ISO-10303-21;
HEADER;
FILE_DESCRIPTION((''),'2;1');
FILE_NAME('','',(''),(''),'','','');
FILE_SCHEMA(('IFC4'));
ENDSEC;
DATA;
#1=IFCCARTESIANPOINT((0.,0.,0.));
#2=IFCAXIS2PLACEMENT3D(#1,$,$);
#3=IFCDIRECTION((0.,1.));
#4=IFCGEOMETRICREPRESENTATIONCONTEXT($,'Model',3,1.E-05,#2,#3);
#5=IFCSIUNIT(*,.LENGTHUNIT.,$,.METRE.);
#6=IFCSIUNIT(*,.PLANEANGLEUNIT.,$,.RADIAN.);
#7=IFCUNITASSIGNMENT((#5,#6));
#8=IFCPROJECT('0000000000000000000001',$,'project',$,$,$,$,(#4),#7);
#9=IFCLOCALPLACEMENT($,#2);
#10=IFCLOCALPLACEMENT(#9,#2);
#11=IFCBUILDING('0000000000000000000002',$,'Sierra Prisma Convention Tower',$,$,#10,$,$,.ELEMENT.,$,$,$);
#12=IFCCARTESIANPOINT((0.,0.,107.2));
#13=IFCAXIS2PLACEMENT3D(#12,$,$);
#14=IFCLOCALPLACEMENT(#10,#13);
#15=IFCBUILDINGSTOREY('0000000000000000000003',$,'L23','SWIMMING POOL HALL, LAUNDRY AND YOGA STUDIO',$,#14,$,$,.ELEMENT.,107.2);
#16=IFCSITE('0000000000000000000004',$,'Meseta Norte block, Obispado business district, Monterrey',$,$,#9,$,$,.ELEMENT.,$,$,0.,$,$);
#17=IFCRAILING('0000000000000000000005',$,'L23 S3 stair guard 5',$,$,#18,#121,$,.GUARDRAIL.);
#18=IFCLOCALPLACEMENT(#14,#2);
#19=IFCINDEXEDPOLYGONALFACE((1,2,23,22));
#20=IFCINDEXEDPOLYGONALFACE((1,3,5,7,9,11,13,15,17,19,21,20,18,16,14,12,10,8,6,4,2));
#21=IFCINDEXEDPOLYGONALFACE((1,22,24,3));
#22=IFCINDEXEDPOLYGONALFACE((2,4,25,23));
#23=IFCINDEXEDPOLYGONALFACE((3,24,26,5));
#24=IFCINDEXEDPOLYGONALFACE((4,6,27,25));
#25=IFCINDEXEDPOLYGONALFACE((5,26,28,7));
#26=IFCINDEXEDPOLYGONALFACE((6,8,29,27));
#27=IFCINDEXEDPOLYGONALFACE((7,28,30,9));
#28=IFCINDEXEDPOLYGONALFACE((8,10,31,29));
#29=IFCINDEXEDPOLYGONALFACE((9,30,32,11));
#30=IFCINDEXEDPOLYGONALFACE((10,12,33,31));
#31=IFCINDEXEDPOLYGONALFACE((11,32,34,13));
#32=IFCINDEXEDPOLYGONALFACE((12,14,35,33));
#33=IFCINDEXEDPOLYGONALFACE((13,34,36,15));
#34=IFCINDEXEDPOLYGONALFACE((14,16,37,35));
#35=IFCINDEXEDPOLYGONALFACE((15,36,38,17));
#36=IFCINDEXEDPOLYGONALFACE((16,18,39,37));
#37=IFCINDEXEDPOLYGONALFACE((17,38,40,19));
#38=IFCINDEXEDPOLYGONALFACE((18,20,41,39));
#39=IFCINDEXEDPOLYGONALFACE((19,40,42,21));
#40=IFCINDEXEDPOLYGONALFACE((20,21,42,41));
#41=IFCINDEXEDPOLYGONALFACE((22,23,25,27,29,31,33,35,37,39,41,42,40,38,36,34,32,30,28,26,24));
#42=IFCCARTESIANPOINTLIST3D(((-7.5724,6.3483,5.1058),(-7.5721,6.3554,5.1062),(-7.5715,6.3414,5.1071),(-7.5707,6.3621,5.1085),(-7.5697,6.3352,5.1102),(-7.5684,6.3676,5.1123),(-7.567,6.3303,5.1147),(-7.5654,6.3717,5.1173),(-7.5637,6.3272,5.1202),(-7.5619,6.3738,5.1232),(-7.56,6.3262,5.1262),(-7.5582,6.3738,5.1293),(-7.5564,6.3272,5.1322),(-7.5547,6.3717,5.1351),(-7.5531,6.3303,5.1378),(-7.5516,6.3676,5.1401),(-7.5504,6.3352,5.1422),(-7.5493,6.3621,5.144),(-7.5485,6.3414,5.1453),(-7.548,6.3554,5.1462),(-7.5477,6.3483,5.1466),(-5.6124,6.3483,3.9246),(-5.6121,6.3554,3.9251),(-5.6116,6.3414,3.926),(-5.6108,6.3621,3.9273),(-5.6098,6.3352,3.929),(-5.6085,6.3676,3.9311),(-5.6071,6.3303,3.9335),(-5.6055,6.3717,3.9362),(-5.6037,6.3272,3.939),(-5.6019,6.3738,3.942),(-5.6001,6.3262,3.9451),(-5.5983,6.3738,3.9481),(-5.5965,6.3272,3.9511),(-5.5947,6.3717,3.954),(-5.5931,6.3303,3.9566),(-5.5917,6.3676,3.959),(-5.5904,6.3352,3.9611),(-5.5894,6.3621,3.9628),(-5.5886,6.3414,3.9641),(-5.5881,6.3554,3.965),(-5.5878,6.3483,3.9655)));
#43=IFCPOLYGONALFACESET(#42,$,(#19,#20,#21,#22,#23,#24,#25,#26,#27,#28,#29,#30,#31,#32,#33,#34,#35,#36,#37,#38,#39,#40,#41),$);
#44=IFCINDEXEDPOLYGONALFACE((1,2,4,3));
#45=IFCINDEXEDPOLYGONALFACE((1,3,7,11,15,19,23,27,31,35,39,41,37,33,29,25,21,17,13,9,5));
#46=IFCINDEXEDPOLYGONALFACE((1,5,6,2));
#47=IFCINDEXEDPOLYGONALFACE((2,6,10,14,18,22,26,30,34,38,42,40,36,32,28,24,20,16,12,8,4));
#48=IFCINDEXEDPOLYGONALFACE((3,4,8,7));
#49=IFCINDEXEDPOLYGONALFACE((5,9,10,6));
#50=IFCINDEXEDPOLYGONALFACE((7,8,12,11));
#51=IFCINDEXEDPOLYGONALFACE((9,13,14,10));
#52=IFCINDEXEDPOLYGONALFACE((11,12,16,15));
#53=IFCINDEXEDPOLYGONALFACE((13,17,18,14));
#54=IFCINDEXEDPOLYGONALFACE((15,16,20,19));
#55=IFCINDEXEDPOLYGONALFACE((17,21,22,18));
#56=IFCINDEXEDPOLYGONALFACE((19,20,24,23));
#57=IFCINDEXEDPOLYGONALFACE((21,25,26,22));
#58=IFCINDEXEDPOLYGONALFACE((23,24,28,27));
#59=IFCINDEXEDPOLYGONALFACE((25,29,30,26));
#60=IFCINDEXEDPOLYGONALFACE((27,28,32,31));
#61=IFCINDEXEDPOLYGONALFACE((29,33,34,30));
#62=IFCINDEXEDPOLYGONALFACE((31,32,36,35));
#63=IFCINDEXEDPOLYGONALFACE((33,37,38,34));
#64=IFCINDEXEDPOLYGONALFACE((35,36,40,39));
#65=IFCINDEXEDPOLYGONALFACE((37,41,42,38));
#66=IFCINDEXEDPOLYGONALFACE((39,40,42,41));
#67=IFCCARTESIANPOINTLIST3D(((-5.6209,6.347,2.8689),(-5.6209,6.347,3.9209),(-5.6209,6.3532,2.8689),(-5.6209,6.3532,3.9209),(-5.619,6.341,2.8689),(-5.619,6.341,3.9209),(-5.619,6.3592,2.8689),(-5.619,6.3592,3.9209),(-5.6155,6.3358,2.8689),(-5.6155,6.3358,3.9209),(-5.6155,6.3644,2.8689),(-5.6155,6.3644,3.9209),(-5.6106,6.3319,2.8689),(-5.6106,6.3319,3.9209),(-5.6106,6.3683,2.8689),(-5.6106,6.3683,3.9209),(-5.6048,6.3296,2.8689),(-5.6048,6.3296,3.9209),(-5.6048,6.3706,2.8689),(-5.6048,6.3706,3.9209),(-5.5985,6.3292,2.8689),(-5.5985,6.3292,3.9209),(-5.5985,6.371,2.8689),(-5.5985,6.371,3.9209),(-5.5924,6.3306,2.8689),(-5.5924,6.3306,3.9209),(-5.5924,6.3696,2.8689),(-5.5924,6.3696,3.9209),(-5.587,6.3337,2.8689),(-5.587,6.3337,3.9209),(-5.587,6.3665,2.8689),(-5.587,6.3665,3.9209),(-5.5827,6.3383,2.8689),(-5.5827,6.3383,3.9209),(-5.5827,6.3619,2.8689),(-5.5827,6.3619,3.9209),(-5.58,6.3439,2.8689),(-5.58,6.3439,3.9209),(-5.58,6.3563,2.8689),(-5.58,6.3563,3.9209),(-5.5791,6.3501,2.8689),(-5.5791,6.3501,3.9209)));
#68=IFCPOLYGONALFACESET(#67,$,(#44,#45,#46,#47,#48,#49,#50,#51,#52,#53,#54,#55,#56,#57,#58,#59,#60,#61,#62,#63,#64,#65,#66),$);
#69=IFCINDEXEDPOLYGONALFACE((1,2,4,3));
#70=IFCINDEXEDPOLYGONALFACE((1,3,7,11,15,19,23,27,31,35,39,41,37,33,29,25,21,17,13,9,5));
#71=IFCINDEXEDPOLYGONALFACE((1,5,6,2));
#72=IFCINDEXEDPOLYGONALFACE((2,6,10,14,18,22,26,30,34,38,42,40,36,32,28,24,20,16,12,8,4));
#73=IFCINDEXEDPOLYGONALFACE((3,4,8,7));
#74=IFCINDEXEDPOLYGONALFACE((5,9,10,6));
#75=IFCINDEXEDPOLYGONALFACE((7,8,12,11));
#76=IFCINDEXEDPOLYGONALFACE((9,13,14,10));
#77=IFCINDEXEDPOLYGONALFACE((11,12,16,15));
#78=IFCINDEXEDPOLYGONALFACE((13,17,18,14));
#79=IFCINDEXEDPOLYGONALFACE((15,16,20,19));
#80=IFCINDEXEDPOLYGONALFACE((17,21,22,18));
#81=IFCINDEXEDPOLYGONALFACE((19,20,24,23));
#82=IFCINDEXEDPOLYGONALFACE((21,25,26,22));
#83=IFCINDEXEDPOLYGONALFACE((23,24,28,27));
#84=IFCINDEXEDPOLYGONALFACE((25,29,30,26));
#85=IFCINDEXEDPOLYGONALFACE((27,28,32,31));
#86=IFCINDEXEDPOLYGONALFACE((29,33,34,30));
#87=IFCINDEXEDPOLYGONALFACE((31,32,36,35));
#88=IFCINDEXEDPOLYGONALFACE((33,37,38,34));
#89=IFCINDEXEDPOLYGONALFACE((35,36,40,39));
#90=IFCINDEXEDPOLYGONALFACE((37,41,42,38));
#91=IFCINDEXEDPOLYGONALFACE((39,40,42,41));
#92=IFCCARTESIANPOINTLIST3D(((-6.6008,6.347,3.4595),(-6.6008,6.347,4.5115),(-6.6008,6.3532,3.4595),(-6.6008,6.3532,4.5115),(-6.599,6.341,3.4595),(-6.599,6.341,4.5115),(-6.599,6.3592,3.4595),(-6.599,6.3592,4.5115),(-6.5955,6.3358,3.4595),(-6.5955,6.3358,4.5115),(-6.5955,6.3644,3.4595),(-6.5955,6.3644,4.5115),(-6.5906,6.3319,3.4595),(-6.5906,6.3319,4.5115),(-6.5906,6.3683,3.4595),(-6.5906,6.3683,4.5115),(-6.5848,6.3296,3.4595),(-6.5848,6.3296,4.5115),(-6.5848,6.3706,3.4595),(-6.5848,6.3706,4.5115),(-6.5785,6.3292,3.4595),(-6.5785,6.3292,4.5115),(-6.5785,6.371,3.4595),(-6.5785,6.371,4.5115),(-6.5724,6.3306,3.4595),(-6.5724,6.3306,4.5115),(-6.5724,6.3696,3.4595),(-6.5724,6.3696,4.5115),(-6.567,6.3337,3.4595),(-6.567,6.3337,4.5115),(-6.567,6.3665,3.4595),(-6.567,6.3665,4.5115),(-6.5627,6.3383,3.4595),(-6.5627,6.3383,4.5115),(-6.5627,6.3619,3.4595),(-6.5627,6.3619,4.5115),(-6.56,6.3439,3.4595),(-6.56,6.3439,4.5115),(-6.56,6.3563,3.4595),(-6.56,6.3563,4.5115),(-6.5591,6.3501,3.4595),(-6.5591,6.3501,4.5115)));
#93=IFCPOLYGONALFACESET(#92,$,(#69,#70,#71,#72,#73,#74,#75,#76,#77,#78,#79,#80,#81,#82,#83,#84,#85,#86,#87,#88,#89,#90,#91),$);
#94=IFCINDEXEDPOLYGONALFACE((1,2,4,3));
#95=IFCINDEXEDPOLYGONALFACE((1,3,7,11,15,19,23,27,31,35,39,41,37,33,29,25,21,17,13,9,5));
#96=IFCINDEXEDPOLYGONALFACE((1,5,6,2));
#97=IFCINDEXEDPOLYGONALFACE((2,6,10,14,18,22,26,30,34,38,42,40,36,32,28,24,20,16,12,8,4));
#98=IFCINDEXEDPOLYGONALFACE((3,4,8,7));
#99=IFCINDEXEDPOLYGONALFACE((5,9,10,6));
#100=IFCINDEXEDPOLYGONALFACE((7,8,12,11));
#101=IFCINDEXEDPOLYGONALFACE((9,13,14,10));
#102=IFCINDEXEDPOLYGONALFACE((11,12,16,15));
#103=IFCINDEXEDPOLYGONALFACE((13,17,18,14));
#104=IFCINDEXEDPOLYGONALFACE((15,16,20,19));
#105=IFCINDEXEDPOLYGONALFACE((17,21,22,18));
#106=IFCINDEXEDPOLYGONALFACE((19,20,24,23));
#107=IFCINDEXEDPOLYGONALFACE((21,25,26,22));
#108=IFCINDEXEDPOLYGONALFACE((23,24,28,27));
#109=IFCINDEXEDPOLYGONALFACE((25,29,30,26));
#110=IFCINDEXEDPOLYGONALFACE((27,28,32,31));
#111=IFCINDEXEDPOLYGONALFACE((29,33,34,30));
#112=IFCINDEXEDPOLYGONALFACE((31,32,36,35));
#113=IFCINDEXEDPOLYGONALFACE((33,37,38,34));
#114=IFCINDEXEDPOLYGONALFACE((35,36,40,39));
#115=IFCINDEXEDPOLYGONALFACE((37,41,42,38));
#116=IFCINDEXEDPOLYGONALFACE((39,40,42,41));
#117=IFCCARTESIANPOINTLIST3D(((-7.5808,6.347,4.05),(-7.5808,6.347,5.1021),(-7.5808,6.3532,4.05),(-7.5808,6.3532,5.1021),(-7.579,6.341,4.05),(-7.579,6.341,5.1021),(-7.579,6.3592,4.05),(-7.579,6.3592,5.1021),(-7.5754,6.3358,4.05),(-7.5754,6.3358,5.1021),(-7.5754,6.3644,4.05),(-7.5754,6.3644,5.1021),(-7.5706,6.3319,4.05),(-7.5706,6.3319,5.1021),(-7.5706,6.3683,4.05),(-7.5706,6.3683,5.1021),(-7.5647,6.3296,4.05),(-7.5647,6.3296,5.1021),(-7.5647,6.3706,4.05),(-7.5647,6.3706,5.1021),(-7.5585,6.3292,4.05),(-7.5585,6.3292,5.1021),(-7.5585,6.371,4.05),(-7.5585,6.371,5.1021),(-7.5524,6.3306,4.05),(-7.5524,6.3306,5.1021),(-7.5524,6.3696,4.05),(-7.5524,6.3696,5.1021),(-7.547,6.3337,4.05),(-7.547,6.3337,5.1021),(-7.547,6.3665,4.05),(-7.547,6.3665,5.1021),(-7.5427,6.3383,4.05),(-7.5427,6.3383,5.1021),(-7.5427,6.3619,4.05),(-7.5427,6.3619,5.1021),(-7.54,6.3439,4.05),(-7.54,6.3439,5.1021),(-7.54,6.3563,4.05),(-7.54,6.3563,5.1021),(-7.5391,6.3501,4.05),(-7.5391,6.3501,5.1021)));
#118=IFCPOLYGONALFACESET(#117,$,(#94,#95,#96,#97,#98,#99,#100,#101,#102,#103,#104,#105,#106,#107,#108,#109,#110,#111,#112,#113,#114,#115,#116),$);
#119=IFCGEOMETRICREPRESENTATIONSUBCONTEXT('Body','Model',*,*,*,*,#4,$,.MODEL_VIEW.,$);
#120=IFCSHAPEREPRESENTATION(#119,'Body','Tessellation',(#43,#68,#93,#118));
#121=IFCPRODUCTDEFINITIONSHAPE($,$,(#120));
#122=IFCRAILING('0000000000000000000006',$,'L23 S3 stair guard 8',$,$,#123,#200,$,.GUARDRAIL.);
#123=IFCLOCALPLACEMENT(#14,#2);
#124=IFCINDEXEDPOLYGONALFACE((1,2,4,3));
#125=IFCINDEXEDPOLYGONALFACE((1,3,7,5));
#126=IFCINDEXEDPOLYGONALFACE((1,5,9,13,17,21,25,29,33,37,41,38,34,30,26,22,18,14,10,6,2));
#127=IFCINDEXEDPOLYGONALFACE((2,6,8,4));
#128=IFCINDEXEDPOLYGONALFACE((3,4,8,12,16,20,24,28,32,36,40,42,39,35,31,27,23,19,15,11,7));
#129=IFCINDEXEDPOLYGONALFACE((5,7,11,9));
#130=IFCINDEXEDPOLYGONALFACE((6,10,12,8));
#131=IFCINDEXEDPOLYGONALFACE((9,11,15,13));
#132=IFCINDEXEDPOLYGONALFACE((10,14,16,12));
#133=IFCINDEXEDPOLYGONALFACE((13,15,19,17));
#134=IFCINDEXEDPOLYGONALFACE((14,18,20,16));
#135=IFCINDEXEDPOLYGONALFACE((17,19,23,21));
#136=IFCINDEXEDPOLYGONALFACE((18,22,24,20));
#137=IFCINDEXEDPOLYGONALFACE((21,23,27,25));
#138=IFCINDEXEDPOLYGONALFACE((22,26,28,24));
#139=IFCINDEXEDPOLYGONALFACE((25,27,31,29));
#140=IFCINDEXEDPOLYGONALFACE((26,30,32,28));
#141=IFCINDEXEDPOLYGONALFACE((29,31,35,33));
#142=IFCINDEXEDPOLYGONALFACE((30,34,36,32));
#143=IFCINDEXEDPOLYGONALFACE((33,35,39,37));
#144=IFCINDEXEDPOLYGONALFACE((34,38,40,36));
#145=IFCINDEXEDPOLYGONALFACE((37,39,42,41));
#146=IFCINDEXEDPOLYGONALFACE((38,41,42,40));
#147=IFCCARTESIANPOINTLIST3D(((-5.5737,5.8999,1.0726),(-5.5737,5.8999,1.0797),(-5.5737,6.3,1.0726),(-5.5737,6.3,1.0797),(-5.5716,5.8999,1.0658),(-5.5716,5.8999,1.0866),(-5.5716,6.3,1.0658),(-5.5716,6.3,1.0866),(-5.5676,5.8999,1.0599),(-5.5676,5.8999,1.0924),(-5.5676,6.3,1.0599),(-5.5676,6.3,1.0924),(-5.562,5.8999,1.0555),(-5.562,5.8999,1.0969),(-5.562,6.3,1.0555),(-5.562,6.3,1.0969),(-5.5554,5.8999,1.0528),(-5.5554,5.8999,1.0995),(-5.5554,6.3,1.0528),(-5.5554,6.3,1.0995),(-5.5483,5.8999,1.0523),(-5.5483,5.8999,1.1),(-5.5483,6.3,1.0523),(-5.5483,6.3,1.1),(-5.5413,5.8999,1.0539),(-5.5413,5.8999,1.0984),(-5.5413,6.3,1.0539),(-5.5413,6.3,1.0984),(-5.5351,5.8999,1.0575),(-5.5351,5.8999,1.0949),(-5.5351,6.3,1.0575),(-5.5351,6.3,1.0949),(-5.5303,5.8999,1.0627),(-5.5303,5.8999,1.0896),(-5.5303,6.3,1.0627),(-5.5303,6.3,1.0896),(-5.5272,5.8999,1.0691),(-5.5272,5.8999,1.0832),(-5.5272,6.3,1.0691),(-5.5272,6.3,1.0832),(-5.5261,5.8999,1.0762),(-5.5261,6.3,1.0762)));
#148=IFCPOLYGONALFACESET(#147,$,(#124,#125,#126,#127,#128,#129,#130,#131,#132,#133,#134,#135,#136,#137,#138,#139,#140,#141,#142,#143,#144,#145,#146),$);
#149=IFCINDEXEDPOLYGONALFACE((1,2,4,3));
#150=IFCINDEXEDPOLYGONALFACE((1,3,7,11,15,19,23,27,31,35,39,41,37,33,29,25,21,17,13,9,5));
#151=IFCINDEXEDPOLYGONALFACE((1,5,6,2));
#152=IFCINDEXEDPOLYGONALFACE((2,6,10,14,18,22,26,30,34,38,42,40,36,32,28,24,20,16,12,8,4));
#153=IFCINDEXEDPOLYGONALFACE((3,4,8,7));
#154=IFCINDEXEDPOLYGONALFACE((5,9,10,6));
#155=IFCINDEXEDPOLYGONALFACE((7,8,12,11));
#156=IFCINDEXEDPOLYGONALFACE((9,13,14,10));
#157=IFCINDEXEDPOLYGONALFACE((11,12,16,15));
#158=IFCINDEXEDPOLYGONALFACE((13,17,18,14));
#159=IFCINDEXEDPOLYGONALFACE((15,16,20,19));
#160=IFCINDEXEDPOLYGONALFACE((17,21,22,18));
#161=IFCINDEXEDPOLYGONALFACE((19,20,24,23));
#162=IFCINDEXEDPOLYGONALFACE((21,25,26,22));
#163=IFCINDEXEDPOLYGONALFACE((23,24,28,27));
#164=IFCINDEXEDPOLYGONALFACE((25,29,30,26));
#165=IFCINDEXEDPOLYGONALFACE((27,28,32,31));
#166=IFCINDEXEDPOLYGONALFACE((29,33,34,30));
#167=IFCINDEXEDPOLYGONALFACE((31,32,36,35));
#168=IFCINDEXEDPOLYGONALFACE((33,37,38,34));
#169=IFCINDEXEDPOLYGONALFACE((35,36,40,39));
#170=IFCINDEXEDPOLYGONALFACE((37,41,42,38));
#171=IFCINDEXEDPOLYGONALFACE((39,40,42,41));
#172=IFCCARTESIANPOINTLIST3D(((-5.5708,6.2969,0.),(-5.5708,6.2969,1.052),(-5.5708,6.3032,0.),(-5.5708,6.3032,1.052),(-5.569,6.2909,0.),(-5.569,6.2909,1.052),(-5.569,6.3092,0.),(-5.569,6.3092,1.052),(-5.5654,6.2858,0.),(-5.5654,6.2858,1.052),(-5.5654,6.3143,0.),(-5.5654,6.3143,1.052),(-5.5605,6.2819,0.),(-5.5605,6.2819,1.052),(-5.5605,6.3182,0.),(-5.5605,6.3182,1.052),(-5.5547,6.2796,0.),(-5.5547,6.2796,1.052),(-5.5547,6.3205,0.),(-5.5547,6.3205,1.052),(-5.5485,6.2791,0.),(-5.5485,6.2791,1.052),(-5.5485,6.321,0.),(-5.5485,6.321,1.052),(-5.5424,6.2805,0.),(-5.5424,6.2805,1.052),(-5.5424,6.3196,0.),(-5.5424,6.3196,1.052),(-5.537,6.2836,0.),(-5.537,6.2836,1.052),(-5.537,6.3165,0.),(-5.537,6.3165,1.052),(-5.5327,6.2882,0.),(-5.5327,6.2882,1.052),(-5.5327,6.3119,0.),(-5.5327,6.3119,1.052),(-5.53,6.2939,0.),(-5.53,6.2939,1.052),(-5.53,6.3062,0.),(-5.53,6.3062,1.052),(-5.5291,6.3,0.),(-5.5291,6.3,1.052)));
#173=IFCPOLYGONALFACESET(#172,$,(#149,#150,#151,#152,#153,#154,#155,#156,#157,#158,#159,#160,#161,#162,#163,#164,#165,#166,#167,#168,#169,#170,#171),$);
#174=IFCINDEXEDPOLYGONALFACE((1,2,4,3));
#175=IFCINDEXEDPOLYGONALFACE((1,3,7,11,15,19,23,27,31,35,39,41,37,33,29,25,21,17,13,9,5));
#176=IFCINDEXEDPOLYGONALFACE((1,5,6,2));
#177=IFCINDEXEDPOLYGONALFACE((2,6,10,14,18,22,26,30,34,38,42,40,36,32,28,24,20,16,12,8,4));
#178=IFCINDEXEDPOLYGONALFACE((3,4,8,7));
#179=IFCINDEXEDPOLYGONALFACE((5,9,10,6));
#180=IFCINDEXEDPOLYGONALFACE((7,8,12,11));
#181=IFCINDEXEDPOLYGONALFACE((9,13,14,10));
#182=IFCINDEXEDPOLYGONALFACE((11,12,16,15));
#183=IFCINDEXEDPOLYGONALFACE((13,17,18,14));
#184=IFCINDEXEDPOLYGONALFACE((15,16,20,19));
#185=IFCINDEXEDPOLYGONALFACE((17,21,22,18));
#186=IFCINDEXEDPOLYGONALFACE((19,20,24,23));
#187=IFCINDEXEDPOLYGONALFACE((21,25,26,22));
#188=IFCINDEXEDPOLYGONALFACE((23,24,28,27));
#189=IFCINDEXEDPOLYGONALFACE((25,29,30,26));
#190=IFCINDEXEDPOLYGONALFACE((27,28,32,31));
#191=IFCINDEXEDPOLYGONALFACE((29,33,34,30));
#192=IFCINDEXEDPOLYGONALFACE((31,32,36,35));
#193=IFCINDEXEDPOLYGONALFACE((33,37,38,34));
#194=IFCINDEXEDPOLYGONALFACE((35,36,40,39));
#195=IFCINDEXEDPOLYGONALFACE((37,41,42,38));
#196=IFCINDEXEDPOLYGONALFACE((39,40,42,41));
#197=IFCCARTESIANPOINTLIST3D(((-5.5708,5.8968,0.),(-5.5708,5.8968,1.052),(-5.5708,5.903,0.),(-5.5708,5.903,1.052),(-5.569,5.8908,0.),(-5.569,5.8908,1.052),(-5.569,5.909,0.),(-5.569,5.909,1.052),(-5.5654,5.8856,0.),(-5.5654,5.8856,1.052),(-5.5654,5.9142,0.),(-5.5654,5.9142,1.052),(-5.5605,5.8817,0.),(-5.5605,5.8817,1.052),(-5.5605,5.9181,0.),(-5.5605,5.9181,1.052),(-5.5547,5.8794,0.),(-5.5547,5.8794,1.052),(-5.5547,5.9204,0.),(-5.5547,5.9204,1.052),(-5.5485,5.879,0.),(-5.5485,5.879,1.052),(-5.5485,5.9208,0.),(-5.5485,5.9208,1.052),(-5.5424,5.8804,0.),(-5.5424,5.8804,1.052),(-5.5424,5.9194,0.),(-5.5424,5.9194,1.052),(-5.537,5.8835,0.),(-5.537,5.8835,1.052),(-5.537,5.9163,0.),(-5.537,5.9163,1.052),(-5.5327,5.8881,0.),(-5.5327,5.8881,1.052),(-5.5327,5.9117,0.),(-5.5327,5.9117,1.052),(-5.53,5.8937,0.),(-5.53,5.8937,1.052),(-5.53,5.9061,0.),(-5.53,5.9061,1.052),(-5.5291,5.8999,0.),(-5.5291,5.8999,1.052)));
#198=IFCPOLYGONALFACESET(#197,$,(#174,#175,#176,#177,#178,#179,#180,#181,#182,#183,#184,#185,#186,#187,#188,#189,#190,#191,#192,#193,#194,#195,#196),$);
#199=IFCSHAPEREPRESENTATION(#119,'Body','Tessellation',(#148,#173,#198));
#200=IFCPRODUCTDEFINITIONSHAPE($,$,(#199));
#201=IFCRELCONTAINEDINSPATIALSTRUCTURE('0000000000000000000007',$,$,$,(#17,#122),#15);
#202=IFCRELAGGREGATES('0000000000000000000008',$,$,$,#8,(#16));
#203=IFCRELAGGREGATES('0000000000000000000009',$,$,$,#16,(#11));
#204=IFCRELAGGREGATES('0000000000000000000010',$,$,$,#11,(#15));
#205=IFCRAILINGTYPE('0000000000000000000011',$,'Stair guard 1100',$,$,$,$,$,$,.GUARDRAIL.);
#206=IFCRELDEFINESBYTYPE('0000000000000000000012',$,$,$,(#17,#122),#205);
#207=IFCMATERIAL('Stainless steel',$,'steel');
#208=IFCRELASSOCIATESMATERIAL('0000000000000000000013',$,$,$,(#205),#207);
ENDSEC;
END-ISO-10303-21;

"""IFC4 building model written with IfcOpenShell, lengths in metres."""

from ifc_helpers import new_model, si_unit, direction, frame, origin, origin_2d, place, context, subcontext, project, spatial, circle, extrude, material, type_object, element, save


model = new_model("IFC4")

# Units and contexts
model_context = context("Model", 3, precision=1e-05, world=origin(), true_north=direction((0.0, 1.0)))
body_context = subcontext(model_context, "Body", "Model", "MODEL_VIEW")
ifc_project = project(units=[si_unit("LENGTHUNIT", "METRE"), si_unit("PLANEANGLEUNIT", "RADIAN")], contexts=[model_context])

# Site, building, storey
site_placement = place(None, origin())
site = spatial("IfcSite", under=ifc_project, at=site_placement, Name="Meseta Norte block, Obispado business district, Monterrey", CompositionType="ELEMENT", RefElevation=0.0)
building_placement = place(site_placement, origin())
building = spatial("IfcBuilding", under=site, at=building_placement, Name="Sierra Prisma Convention Tower", CompositionType="ELEMENT")
storey_placement = place(building_placement, frame((0.0, 0.0, 107.2)))
storey = spatial("IfcBuildingStorey", under=building, at=storey_placement, Name="L23", Description="SWIMMING POOL HALL, LAUNDRY AND YOGA STUDIO", CompositionType="ELEMENT", Elevation=107.2)

# Railings
ifc_material_1 = material(Name="Stainless steel", Category="steel")
railing_type = type_object("IfcRailingType", Name="Stair guard 1100", PredefinedType="GUARDRAIL", material=ifc_material_1)
railing_1_placement = place(storey_placement, frame((-5.6001, 6.3501, 2.8689)))
element("IfcRailing", 1, at=railing_1_placement, inside=storey, type_object=railing_type, Name="L23 S3 stair guard 5", PredefinedType="GUARDRAIL", context=body_context, shape_type="SweptSolid", body=[
    extrude(circle(Radius=0.0239, at=origin_2d()), frame((0.0, 0.0, 1.0762), z_axis=(-0.856493, 0.0, 0.516158), x_axis=(0.0, -1.0, 0.0)), (0.0, 0.0, 1.0), 2.2883),
    extrude(circle(Radius=0.021, at=origin_2d()), origin(), (0.0, 0.0, 1.0), 1.052),
    extrude(circle(Radius=0.021, at=origin_2d()), frame((-0.98, 0.0, 0.5906)), (0.0, 0.0, 1.0), 1.052),
    extrude(circle(Radius=0.021, at=origin_2d()), frame((-1.96, 0.0, 1.1812)), (0.0, 0.0, 1.0), 1.052),
])
railing_2_placement = place(storey_placement, frame((-5.55, 6.3, 0.0)))
element("IfcRailing", 2, at=railing_2_placement, inside=storey, type_object=railing_type, Name="L23 S3 stair guard 8", PredefinedType="GUARDRAIL", context=body_context, shape_type="SweptSolid", body=[
    extrude(circle(Radius=0.0239, at=origin_2d()), frame((0.0, 0.0, 1.0762), z_axis=(0.0, -1.0, 0.0), x_axis=(1.0, 0.0, 0.0)), (0.0, 0.0, 1.0), 0.4001),
    extrude(circle(Radius=0.021, at=origin_2d()), origin(), (0.0, 0.0, 1.0), 1.052),
    extrude(circle(Radius=0.021, at=origin_2d()), frame((0.0, -0.4001, 0.0)), (0.0, 0.0, 1.0), 1.052),
])

save(model, "model.ifc")
